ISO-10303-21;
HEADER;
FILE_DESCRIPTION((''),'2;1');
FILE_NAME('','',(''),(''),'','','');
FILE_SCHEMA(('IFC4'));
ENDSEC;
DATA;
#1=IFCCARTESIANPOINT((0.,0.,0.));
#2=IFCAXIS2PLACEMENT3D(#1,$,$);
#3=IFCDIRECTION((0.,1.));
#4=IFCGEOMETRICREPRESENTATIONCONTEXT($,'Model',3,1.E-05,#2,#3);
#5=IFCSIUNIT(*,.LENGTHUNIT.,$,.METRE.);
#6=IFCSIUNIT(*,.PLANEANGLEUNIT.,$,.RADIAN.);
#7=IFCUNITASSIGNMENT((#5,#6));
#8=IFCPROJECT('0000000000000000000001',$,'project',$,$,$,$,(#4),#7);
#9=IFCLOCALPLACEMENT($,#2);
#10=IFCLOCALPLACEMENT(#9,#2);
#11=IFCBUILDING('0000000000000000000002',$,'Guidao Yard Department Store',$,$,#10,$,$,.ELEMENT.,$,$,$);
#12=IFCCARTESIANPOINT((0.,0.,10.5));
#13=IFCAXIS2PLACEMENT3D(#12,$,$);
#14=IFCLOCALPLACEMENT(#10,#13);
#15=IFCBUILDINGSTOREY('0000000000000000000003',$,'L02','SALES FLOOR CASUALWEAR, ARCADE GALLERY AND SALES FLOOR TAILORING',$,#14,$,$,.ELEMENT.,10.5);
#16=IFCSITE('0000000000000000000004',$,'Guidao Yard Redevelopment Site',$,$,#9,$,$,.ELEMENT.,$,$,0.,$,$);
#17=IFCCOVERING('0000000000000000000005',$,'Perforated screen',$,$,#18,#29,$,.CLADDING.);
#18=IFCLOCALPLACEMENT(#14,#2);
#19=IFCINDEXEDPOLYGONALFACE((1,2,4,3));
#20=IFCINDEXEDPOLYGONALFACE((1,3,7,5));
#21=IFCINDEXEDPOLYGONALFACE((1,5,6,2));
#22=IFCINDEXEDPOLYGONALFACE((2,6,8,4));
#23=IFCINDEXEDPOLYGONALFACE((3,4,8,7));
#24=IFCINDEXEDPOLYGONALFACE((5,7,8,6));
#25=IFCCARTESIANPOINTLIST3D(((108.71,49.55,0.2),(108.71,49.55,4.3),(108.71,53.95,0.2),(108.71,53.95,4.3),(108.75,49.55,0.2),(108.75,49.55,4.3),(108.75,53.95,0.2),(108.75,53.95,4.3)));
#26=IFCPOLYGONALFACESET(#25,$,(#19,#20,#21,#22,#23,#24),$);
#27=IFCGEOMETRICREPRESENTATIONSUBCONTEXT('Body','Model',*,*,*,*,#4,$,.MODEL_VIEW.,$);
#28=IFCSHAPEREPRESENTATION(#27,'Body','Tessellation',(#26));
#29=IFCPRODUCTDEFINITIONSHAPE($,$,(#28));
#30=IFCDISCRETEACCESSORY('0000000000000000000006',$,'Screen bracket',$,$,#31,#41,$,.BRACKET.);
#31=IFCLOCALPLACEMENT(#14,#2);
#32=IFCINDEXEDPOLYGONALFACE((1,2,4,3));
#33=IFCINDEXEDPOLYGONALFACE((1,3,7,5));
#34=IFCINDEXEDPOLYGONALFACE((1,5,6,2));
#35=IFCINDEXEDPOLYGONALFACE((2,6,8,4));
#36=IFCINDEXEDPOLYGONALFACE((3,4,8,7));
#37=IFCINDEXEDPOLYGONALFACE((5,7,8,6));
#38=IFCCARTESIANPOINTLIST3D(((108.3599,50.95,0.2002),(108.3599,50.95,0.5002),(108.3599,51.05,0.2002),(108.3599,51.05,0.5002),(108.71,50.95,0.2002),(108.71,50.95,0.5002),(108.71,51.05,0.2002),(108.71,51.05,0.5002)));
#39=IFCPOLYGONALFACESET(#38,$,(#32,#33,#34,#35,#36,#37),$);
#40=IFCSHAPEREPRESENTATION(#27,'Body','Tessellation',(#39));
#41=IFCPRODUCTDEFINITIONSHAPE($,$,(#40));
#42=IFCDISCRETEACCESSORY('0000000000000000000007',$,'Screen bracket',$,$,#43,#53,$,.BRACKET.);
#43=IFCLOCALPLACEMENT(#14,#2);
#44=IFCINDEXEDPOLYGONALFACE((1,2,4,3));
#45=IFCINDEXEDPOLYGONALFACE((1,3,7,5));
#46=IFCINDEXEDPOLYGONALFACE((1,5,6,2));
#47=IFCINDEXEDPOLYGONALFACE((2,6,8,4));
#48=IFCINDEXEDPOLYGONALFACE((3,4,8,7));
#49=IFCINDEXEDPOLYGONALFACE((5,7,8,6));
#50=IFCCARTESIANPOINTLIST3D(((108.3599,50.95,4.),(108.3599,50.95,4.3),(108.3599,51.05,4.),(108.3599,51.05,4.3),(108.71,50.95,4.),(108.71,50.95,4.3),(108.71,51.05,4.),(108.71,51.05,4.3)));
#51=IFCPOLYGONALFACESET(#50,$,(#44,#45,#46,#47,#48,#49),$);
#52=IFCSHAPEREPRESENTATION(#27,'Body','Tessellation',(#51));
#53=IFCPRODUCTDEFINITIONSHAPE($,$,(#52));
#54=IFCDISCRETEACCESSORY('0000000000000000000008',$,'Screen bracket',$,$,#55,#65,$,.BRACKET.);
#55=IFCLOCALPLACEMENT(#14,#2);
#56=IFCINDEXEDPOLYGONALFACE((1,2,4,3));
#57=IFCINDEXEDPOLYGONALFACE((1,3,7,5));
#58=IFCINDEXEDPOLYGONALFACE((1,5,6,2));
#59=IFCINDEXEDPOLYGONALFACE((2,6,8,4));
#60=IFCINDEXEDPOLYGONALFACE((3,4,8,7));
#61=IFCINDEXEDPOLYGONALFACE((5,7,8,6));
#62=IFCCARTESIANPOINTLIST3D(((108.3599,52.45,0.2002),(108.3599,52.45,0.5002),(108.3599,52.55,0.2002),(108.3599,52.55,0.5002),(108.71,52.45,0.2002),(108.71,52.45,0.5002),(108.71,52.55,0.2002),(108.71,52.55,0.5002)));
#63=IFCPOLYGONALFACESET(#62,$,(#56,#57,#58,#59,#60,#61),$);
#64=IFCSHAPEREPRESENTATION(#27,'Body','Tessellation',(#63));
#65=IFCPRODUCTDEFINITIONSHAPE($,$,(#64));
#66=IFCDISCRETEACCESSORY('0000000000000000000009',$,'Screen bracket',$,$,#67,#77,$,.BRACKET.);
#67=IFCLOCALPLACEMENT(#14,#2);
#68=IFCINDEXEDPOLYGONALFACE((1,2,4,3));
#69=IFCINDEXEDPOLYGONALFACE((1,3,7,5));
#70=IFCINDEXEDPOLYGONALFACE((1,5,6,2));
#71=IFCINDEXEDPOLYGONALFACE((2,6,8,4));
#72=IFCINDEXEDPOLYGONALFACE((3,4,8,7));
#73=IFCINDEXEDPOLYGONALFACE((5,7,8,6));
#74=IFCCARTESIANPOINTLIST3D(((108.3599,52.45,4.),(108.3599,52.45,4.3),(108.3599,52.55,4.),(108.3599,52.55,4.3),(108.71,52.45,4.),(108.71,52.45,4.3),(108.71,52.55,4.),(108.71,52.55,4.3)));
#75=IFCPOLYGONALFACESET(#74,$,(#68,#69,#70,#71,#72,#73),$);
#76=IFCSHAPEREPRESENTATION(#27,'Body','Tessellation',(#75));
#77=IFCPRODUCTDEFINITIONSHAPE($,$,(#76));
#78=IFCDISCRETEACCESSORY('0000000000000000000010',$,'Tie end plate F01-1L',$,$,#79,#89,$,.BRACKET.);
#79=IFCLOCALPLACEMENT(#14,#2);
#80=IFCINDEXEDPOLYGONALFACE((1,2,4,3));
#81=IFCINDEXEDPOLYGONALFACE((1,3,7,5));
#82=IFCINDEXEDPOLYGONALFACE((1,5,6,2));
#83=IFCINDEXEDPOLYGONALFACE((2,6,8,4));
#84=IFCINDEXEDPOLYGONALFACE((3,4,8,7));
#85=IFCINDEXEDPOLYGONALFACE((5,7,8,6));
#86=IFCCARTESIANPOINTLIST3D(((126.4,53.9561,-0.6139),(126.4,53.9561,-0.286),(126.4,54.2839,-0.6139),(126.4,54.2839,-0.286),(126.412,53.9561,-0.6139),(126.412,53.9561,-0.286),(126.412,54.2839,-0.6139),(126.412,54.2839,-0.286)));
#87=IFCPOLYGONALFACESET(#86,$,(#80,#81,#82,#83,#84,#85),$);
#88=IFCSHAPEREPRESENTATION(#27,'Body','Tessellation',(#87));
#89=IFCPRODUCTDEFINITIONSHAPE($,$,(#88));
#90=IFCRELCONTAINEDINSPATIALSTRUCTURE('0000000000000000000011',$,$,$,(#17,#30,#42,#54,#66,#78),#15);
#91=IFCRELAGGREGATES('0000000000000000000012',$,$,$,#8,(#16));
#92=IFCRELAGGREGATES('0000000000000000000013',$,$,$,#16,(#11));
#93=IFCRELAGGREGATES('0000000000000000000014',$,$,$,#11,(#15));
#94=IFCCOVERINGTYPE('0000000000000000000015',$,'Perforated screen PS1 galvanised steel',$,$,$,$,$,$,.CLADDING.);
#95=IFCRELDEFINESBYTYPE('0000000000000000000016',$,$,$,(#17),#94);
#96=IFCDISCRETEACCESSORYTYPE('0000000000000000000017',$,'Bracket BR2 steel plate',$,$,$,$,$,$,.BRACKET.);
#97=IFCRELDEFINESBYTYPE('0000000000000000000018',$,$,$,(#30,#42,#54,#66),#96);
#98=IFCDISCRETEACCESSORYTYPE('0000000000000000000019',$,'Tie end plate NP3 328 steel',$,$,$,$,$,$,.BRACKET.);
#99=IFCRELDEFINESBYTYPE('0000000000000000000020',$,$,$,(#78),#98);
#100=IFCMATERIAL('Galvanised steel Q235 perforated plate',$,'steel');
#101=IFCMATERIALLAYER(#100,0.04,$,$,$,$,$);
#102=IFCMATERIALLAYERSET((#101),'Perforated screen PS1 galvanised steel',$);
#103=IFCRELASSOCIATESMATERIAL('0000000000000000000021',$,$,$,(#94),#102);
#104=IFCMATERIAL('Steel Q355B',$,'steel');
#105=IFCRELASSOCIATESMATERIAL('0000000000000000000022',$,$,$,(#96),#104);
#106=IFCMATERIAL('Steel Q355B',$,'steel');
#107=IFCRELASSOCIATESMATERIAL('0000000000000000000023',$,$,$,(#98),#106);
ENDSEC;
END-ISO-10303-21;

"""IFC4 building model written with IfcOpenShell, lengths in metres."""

from ifc_helpers import new_model, si_unit, direction, frame, origin, origin_2d, place, context, subcontext, project, spatial, rectangle, extrude, material, layer, layer_set, material_profile, profile_set, type_object, element, save


model = new_model("IFC4")

# Units and contexts
model_context = context("Model", 3, precision=1e-05, world=origin(), true_north=direction((0.0, 1.0)))
body_context = subcontext(model_context, "Body", "Model", "MODEL_VIEW")
ifc_project = project(units=[si_unit("LENGTHUNIT", "METRE"), si_unit("PLANEANGLEUNIT", "RADIAN")], contexts=[model_context])

# Site, building, storey
site_placement = place(None, origin())
site = spatial("IfcSite", under=ifc_project, at=site_placement, Name="Guidao Yard Redevelopment Site", CompositionType="ELEMENT", RefElevation=0.0)
building_placement = place(site_placement, origin())
building = spatial("IfcBuilding", under=site, at=building_placement, Name="Guidao Yard Department Store", CompositionType="ELEMENT")
storey_placement = place(building_placement, frame((0.0, 0.0, 10.5)))
storey = spatial("IfcBuildingStorey", under=building, at=storey_placement, Name="L02", Description="SALES FLOOR CASUALWEAR, ARCADE GALLERY AND SALES FLOOR TAILORING", CompositionType="ELEMENT", Elevation=10.5)

# Covering
ifc_material_1 = material(Name="Galvanised steel Q235 perforated plate", Category="steel")
ifc_layer_1 = layer(ifc_material_1, 0.04)
ifc_layer_set_1 = layer_set([ifc_layer_1], Name="Perforated screen PS1 galvanised steel")
covering_type = type_object("IfcCoveringType", Name="Perforated screen PS1 galvanised steel", PredefinedType="CLADDING", material=ifc_layer_set_1)
covering_placement = place(storey_placement, frame((108.73, 51.75, 0.2), z_axis=(0.0, 0.0, 1.0), x_axis=(0.0, -1.0, 0.0)))
element("IfcCovering", 1, at=covering_placement, inside=storey, type_object=covering_type, Name="Perforated screen", PredefinedType="CLADDING", context=body_context, shape_type="SweptSolid", body=[
    extrude(rectangle(XDim=4.3999, YDim=0.04, at=origin_2d()), origin(), (0.0, 0.0, 1.0), 4.1001),
])

# Discrete accessories
ifc_material_2 = material(Name="Steel Q355B", Category="steel")
discrete_accessory_type_1 = type_object("IfcDiscreteAccessoryType", Name="Bracket BR2 steel plate", PredefinedType="BRACKET", material=ifc_material_2)
for number, where, z_axis, x_axis, name in (
    (2, (108.5349, 51.0, 0.2002), (0.0, 0.0, 1.0), (0.0, -1.0, 0.0), "Screen bracket"),
    (3, (108.5349, 51.0, 4.0), (0.0, 0.0, 1.0), (0.0, -1.0, 0.0), "Screen bracket"),
    (4, (108.5349, 52.5, 0.2002), (0.0, 0.0, 1.0), (0.0, -1.0, 0.0), "Screen bracket"),
    (5, (108.5349, 52.5, 4.0), (0.0, 0.0, 1.0), (0.0, -1.0, 0.0), "Screen bracket"),
):
    element("IfcDiscreteAccessory", number, at=place(storey_placement, frame(where, z_axis=z_axis, x_axis=x_axis)), inside=storey, type_object=discrete_accessory_type_1, Name=name, PredefinedType="BRACKET", context=body_context, shape_type="SweptSolid", body=[
        extrude(rectangle(XDim=0.1001, YDim=0.3501, at=origin_2d()), origin(), (0.0, 0.0, 1.0), 0.3),
    ])
ifc_material_3 = material(Name="Steel Q355B", Category="steel")
ifc_material_profile_1 = material_profile(ifc_material_3, rectangle(XDim=0.3279, YDim=0.012, at=origin_2d()), Name="Node plate 328x12")
ifc_profile_set_1 = profile_set([ifc_material_profile_1], Name="Steel Q355B")
discrete_accessory_type_2 = type_object("IfcDiscreteAccessoryType", Name="Tie end plate NP3 328 steel", PredefinedType="BRACKET", material=ifc_profile_set_1)
discrete_accessory_placement = place(storey_placement, frame((126.406, 53.9561, -0.45), z_axis=(0.0, 1.0, 0.0), x_axis=(0.0, 0.0, 1.0)))
element("IfcDiscreteAccessory", 6, at=discrete_accessory_placement, inside=storey, type_object=discrete_accessory_type_2, Name="Tie end plate F01-1L", PredefinedType="BRACKET", context=body_context, shape_type="SweptSolid", body=[
    extrude(rectangle(XDim=0.3279, YDim=0.012, at=origin_2d()), origin(), (0.0, 0.0, 1.0), 0.3279),
])

save(model, "model.ifc")
